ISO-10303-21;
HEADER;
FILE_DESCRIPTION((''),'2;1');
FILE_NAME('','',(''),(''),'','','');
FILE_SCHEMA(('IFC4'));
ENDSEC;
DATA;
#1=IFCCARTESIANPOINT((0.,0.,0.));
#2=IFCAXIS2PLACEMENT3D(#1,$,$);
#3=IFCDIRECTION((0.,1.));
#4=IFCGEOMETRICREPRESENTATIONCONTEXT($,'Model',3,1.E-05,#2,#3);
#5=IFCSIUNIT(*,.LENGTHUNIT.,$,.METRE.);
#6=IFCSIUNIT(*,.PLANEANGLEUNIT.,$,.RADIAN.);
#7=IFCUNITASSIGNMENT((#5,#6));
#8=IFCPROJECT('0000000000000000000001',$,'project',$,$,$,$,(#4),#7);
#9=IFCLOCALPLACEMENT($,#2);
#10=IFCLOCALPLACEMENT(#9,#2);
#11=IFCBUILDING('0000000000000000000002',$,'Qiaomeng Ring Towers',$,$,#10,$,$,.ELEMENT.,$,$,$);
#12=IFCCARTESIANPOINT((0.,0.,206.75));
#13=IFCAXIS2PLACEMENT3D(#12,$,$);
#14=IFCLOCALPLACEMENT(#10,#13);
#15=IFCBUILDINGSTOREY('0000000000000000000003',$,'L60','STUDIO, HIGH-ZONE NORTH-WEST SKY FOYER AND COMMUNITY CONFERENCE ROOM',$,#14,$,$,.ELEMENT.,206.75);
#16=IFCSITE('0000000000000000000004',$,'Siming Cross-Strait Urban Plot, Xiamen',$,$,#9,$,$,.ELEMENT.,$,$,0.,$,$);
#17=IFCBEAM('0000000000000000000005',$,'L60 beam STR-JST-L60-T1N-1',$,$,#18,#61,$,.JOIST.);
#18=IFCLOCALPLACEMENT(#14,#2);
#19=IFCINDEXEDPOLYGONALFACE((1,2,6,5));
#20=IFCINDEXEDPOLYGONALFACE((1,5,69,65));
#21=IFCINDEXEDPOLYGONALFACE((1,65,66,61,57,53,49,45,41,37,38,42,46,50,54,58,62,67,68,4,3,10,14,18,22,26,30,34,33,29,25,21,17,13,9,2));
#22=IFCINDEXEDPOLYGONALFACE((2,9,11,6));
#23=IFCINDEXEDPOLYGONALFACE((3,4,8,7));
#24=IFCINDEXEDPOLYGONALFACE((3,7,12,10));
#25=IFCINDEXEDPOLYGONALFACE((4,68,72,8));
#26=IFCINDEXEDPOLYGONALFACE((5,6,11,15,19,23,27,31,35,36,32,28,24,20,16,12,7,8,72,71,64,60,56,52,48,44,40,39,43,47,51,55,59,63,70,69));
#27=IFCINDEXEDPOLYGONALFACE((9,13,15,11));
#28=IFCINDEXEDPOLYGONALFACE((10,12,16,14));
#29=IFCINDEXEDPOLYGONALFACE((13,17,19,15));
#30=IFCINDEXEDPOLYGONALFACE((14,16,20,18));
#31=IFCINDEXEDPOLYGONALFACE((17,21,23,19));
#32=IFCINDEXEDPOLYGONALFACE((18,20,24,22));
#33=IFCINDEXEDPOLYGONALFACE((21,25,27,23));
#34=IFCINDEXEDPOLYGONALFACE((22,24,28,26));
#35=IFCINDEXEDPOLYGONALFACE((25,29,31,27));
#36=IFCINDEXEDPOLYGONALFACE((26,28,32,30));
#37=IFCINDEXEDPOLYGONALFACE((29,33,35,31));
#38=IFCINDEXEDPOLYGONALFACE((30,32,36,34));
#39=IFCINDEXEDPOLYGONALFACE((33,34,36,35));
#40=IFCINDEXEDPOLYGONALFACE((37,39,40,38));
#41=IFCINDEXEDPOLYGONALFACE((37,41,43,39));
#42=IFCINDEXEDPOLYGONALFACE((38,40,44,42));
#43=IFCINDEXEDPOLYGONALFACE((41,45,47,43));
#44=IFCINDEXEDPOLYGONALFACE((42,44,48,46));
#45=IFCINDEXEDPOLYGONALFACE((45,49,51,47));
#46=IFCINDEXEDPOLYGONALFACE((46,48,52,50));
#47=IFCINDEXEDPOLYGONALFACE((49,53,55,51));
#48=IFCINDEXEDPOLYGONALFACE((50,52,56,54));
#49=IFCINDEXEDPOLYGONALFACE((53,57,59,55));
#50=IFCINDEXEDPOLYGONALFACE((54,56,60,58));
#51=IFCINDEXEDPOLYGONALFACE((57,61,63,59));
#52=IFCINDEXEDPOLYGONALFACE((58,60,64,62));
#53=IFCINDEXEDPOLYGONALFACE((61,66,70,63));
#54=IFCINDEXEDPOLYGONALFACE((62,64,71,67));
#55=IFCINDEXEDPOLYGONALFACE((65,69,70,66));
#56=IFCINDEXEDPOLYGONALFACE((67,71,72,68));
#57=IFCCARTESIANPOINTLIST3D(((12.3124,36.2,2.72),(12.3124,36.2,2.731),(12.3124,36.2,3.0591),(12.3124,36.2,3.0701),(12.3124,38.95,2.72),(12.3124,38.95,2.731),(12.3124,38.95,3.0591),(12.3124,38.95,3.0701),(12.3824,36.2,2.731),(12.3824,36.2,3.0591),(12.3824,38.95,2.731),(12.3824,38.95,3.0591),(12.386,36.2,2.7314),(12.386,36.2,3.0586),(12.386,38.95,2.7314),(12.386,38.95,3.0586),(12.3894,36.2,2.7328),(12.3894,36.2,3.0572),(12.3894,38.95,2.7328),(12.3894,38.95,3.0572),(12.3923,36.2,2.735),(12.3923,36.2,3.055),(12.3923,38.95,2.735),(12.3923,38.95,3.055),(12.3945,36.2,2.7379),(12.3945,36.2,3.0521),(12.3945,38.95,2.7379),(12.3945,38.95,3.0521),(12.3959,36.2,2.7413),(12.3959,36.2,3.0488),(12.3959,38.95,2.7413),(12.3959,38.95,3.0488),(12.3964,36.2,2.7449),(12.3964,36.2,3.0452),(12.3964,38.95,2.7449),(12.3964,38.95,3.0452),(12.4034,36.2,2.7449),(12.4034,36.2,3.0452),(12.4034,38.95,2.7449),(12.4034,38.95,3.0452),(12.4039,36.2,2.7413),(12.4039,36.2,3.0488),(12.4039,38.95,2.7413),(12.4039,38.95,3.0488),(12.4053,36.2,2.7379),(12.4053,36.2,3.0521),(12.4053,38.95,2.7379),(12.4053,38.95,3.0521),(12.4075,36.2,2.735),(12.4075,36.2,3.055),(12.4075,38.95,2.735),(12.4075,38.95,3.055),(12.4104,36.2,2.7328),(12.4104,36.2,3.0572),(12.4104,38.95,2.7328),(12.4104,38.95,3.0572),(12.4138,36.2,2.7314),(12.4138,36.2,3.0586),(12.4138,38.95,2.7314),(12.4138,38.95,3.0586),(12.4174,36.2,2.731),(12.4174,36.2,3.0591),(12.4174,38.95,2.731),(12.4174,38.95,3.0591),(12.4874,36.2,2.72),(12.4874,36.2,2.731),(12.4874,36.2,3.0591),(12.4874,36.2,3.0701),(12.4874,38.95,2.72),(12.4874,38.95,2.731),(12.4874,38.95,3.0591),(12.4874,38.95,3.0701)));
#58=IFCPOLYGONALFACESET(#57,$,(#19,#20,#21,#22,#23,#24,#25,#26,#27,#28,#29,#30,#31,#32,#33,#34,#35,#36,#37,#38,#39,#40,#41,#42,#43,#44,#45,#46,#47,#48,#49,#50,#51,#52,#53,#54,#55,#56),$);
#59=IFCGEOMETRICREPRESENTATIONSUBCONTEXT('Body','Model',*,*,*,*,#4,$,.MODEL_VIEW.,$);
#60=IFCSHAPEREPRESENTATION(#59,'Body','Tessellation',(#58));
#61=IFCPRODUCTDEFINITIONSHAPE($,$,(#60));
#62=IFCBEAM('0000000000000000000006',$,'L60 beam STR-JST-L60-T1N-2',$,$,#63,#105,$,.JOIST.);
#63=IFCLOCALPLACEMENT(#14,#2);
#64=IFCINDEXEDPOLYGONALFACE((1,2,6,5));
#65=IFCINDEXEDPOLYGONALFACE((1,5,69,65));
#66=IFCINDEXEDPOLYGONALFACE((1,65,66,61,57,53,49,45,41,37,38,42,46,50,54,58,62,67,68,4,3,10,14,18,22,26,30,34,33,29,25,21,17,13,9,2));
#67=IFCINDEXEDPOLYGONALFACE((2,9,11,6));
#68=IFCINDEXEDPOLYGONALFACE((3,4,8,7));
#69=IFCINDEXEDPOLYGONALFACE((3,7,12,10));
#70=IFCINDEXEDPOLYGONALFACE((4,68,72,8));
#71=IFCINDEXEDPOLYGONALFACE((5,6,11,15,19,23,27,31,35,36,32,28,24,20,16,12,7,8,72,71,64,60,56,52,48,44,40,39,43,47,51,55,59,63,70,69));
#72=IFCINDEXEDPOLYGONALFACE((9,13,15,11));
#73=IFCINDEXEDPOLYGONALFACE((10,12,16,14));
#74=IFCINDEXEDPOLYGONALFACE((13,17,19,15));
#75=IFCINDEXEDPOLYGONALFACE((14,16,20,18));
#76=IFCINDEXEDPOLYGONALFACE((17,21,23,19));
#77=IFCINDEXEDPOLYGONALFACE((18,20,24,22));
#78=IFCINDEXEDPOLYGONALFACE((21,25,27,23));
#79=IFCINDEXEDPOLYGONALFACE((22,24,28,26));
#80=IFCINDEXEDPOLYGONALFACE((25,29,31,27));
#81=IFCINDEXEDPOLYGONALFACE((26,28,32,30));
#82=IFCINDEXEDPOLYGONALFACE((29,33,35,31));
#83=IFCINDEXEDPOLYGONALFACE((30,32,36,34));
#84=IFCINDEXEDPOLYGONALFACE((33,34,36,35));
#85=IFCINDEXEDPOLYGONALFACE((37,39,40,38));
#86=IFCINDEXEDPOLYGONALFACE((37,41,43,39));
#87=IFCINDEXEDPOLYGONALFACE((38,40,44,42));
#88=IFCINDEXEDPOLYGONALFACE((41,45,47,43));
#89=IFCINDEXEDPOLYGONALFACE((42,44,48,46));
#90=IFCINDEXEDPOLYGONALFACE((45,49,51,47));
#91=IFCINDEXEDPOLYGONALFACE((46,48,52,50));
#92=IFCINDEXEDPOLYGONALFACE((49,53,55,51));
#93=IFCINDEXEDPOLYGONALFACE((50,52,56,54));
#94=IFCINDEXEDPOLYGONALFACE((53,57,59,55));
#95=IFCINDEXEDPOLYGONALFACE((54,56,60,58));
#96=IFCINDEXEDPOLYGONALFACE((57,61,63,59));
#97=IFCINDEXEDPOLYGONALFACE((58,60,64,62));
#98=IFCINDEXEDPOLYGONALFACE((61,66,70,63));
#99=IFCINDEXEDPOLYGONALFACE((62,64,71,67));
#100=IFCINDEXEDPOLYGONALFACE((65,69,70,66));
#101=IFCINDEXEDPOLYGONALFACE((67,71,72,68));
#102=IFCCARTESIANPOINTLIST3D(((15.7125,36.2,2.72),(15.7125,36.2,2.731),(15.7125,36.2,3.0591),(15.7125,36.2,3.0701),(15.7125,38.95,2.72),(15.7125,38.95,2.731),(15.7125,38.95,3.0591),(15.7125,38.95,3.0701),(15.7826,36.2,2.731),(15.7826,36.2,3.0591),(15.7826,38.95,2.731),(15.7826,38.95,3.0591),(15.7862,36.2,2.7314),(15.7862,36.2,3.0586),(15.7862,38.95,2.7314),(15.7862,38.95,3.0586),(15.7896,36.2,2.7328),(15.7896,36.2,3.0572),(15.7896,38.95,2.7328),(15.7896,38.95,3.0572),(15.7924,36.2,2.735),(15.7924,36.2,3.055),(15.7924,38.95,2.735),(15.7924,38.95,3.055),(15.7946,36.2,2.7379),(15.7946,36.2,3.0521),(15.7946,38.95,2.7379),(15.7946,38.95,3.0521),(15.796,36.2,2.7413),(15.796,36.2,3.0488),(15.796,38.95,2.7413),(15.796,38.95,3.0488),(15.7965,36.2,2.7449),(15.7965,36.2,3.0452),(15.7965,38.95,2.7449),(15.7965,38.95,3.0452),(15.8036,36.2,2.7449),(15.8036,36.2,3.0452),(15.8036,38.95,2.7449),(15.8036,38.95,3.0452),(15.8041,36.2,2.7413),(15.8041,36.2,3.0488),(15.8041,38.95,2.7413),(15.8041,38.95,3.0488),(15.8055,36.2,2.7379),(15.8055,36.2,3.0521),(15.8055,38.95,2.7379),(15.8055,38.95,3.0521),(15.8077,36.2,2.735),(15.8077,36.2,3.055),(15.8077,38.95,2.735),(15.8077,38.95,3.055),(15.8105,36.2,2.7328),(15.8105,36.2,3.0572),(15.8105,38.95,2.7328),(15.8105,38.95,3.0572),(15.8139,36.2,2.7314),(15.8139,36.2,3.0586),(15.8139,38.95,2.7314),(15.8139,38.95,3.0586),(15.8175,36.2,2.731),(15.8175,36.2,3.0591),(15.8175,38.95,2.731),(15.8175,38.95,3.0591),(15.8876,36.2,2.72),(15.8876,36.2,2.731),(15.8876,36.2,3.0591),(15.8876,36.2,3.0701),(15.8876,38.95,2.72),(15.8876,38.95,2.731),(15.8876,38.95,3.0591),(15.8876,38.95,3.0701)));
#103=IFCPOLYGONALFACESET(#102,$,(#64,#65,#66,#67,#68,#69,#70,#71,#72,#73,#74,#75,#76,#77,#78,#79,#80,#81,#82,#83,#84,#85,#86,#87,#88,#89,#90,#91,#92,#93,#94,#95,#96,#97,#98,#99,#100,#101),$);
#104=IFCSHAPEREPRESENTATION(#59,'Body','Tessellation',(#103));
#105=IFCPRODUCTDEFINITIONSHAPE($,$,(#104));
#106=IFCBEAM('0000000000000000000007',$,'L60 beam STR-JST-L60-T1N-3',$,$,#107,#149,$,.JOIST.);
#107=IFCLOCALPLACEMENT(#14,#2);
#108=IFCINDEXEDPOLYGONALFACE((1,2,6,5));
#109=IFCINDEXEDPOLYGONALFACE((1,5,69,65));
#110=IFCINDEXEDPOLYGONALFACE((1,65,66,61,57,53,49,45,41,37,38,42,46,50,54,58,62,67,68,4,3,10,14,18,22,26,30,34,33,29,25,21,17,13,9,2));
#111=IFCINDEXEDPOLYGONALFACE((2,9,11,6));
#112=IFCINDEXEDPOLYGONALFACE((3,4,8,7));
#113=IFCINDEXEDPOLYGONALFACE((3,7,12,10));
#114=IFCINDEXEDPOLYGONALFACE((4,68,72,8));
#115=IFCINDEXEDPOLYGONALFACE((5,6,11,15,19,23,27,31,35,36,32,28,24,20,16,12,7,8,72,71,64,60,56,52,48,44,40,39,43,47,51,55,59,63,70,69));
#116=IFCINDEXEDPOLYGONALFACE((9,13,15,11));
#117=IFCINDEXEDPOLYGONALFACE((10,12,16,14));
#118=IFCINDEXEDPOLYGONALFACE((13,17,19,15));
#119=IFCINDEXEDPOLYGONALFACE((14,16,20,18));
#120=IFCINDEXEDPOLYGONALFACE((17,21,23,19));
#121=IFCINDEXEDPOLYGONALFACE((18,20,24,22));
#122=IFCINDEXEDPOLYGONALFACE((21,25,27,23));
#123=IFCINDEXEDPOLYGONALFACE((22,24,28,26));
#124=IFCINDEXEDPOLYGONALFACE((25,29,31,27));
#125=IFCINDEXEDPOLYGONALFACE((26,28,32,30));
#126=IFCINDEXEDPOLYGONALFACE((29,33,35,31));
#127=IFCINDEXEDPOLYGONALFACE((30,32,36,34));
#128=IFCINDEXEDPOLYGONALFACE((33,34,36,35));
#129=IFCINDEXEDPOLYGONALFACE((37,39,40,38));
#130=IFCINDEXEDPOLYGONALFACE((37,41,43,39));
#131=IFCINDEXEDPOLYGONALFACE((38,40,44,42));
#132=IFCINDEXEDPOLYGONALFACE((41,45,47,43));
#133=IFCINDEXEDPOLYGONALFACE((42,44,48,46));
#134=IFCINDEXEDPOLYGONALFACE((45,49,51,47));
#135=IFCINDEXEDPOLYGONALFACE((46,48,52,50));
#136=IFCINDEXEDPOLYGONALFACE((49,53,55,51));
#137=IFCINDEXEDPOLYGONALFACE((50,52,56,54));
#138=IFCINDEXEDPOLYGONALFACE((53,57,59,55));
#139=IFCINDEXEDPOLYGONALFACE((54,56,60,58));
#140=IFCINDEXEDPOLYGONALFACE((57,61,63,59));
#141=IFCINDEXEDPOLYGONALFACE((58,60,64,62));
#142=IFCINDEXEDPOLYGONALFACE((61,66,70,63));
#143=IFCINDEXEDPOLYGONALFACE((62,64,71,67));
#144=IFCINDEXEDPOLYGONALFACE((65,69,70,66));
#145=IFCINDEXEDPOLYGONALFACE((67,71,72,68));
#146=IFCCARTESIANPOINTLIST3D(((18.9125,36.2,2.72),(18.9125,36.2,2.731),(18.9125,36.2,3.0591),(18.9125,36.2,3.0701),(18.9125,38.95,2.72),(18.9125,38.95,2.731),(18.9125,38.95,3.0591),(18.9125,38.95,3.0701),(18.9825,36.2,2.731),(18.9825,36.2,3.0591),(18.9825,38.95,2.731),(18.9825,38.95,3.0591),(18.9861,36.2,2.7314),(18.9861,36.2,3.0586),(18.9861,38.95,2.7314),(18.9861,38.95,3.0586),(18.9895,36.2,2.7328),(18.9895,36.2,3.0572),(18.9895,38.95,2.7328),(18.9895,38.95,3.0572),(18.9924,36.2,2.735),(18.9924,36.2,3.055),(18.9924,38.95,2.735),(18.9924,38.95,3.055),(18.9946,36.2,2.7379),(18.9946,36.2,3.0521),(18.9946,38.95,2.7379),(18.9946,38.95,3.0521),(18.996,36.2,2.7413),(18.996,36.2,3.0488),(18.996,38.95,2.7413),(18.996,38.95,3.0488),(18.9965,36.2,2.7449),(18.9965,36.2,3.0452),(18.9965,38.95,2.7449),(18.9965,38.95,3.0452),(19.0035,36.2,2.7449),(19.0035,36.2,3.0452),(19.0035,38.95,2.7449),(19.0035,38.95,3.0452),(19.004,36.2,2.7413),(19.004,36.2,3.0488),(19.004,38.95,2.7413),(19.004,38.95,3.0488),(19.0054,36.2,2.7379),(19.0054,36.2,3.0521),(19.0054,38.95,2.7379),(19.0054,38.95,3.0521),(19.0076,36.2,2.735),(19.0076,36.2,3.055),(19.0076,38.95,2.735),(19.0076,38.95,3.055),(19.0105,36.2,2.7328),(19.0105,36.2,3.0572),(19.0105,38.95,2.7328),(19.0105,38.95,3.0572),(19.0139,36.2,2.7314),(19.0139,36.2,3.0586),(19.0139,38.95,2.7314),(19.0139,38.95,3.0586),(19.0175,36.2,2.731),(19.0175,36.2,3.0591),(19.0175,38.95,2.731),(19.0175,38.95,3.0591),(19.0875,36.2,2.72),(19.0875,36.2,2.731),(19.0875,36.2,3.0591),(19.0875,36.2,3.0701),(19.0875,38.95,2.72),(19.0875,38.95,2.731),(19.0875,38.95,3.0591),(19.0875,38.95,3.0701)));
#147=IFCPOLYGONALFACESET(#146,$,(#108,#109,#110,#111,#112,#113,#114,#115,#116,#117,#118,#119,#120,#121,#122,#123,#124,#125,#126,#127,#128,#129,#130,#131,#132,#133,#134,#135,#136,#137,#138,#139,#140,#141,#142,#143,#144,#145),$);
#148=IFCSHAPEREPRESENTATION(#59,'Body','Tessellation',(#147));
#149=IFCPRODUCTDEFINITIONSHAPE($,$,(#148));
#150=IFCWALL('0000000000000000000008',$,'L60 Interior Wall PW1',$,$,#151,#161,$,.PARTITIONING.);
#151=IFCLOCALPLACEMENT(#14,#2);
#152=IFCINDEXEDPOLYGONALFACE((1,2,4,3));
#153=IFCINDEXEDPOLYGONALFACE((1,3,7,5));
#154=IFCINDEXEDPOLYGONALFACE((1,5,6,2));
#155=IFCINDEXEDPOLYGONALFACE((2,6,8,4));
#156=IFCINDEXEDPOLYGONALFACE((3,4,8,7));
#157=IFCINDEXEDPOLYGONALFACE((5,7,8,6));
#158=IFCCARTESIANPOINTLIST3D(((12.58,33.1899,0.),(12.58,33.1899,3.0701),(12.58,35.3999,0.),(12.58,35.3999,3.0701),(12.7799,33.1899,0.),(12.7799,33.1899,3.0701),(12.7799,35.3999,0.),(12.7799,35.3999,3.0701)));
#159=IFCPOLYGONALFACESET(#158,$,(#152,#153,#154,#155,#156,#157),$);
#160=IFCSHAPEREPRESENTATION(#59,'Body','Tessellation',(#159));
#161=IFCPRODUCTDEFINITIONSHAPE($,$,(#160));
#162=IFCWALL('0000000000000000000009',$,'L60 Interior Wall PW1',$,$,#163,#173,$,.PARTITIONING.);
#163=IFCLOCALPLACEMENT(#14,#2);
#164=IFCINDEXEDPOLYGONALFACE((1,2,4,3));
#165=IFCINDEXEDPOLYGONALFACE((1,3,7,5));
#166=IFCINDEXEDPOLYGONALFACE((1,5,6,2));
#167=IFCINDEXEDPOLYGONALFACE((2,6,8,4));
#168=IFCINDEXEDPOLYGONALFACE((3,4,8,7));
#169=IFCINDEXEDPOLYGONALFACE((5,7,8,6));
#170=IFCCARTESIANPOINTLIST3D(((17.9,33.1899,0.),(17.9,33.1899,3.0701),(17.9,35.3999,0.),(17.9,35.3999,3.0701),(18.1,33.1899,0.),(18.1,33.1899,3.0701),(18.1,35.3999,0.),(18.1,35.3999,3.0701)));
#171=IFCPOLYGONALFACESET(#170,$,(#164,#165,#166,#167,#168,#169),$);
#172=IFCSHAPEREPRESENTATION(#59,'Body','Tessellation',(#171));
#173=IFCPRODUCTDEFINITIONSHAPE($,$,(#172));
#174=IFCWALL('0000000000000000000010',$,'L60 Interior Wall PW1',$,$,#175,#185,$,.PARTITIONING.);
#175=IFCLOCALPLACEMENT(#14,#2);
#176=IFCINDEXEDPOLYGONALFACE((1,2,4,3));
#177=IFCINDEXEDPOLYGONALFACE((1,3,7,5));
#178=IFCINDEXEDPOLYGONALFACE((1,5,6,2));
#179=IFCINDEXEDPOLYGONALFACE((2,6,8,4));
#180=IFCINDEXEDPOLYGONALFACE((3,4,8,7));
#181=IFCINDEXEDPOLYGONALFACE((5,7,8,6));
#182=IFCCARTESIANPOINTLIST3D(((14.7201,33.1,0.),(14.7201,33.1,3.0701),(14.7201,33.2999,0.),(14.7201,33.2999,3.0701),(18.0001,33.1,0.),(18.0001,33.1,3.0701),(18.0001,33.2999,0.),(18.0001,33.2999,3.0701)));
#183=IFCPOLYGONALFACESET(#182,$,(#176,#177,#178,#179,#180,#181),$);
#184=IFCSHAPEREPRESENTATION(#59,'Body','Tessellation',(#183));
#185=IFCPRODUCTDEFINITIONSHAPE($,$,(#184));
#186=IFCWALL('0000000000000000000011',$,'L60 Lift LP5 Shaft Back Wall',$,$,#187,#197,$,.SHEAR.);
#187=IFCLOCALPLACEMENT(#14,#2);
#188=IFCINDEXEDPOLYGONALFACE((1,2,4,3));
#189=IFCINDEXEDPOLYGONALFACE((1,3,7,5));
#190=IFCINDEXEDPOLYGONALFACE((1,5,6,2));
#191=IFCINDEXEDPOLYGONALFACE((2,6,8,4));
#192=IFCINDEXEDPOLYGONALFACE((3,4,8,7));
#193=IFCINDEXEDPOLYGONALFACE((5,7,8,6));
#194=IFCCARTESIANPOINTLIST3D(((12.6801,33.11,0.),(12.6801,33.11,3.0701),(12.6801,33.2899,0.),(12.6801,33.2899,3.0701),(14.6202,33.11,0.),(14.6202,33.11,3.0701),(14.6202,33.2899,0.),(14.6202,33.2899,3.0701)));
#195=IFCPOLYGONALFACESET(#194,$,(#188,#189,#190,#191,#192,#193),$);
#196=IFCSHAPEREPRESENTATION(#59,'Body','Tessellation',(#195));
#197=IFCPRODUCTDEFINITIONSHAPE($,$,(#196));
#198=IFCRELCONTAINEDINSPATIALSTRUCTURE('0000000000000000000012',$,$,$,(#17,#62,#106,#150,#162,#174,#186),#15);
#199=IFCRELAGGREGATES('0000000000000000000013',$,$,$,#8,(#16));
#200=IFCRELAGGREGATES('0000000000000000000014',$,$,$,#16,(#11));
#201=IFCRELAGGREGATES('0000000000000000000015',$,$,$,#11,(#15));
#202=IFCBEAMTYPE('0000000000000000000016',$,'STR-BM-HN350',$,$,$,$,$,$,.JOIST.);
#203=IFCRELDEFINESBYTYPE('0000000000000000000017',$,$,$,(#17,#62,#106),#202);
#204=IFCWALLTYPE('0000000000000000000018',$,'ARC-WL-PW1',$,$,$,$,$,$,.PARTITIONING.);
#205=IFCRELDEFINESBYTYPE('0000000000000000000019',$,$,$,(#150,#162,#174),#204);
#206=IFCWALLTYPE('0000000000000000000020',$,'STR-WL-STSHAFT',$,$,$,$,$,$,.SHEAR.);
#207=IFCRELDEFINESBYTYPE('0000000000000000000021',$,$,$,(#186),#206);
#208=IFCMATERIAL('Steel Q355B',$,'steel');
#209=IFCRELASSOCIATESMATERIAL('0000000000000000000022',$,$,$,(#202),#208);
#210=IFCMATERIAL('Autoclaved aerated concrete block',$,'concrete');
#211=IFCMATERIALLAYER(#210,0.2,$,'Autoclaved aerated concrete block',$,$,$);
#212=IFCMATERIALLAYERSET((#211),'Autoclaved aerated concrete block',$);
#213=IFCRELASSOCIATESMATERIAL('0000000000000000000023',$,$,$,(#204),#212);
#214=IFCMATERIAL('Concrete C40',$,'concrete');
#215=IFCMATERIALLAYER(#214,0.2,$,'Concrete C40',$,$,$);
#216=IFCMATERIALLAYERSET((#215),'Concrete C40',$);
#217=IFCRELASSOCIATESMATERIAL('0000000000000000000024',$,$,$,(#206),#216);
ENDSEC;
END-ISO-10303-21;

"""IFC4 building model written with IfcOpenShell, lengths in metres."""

from ifc_helpers import new_model, si_unit, direction, frame, frame_2d, origin, origin_2d, place, context, subcontext, project, spatial, rectangle, i_section, extrude, source, transform, mapped, material, layer, layer_set, material_profile, profile_set, type_object, element, save


model = new_model("IFC4")

# Units and contexts
model_context = context("Model", 3, precision=1e-05, world=origin(), true_north=direction((0.0, 1.0)))
body_context = subcontext(model_context, "Body", "Model", "MODEL_VIEW")
ifc_project = project(units=[si_unit("LENGTHUNIT", "METRE"), si_unit("PLANEANGLEUNIT", "RADIAN")], contexts=[model_context])

# Site, building, storey
site_placement = place(None, origin())
site = spatial("IfcSite", under=ifc_project, at=site_placement, Name="Siming Cross-Strait Urban Plot, Xiamen", CompositionType="ELEMENT", RefElevation=0.0)
building_placement = place(site_placement, origin())
building = spatial("IfcBuilding", under=site, at=building_placement, Name="Qiaomeng Ring Towers", CompositionType="ELEMENT")
storey_placement = place(building_placement, frame((0.0, 0.0, 206.75)))
storey = spatial("IfcBuildingStorey", under=building, at=storey_placement, Name="L60", Description="STUDIO, HIGH-ZONE NORTH-WEST SKY FOYER AND COMMUNITY CONFERENCE ROOM", CompositionType="ELEMENT", Elevation=206.75)

# Beams
ifc_material_1 = material(Name="Steel Q355B", Category="steel")
ifc_material_profile = material_profile(ifc_material_1, i_section(OverallWidth=0.175, OverallDepth=0.3501, WebThickness=0.0071, FlangeThickness=0.011, FilletRadius=0.0139, at=origin_2d()), Name="HN 350x175x7x11")
ifc_profile_set = profile_set([ifc_material_profile], Name="Steel Q355B")
beam_type = type_object("IfcBeamType", Name="STR-BM-HN350", PredefinedType="JOIST", material=ifc_profile_set)
shared_shape_1 = source(origin(), body_context, "Body", "SweptSolid", [
    extrude(i_section(OverallWidth=0.175, OverallDepth=0.3501, WebThickness=0.0071, FlangeThickness=0.011, FilletRadius=0.0139, at=origin_2d()), origin(), (0.0, 0.0, 1.0), 2.75),
])
for number, where, z_axis, x_axis, name in (
    (1, (12.3999, 36.2, 2.895), (0.0, 1.0, 0.0), (-1.0, 0.0, 0.0), "L60 beam STR-JST-L60-T1N-1"),
    (2, (15.8, 36.2, 2.895), (0.0, 1.0, 0.0), (-1.0, 0.0, 0.0), "L60 beam STR-JST-L60-T1N-2"),
    (3, (19.0, 36.2, 2.895), (0.0, 1.0, 0.0), (-1.0, 0.0, 0.0), "L60 beam STR-JST-L60-T1N-3"),
):
    element("IfcBeam", number, at=place(storey_placement, frame(where, z_axis=z_axis, x_axis=x_axis)), inside=storey, type_object=beam_type, Name=name, PredefinedType="JOIST", context=body_context, shape_type="MappedRepresentation", body=[
        mapped(shared_shape_1, transform((0.0, 0.0, 0.0), x_axis=(1.0, 0.0, 0.0), y_axis=(0.0, 1.0, 0.0), z_axis=(0.0, 0.0, 1.0), scale=1.0)),
    ])

# Walls
ifc_material_2 = material(Name="Autoclaved aerated concrete block", Category="concrete")
ifc_layer_1 = layer(ifc_material_2, 0.2, Name="Autoclaved aerated concrete block")
ifc_layer_set_1 = layer_set([ifc_layer_1], Name="Autoclaved aerated concrete block")
wall_type_1 = type_object("IfcWallType", Name="ARC-WL-PW1", PredefinedType="PARTITIONING", material=ifc_layer_set_1)
for number, where, z_axis, x_axis, name in (
    (4, (12.6799, 33.1899, 0.0), (0.0, 0.0, 1.0), (0.0, 1.0, 0.0), "L60 Interior Wall PW1"),
    (5, (18.0, 33.1899, 0.0), (0.0, 0.0, 1.0), (0.0, 1.0, 0.0), "L60 Interior Wall PW1"),
):
    element("IfcWall", number, at=place(storey_placement, frame(where, z_axis=z_axis, x_axis=x_axis)), inside=storey, type_object=wall_type_1, Name=name, PredefinedType="PARTITIONING", context=body_context, shape_type="SweptSolid", body=[
        extrude(rectangle(XDim=2.21, YDim=0.2, at=frame_2d((1.105, 0.0))), origin(), (0.0, 0.0, 1.0), 3.0701),
    ])
wall_1_placement = place(storey_placement, frame((14.72, 33.2, 0.0), z_axis=(0.0, 0.0, 1.0), x_axis=(1.0, 0.0, 0.0)))
element("IfcWall", 6, at=wall_1_placement, inside=storey, type_object=wall_type_1, Name="L60 Interior Wall PW1", PredefinedType="PARTITIONING", context=body_context, shape_type="SweptSolid", body=[
    extrude(rectangle(XDim=3.28, YDim=0.2, at=frame_2d((1.6401, 0.0))), origin(), (0.0, 0.0, 1.0), 3.0701),
])
ifc_material_3 = material(Name="Concrete C40", Category="concrete")
ifc_layer_2 = layer(ifc_material_3, 0.2, Name="Concrete C40")
ifc_layer_set_2 = layer_set([ifc_layer_2], Name="Concrete C40")
wall_type_2 = type_object("IfcWallType", Name="STR-WL-STSHAFT", PredefinedType="SHEAR", material=ifc_layer_set_2)
wall_2_placement = place(storey_placement, frame((12.6799, 33.2, 0.0), z_axis=(0.0, 0.0, 1.0), x_axis=(1.0, 0.0, 0.0)))
element("IfcWall", 7, at=wall_2_placement, inside=storey, type_object=wall_type_2, Name="L60 Lift LP5 Shaft Back Wall", PredefinedType="SHEAR", context=body_context, shape_type="SweptSolid", body=[
    extrude(rectangle(XDim=1.9402, YDim=0.1799, at=frame_2d((0.9702, 0.0))), origin(), (0.0, 0.0, 1.0), 3.0701),
])

save(model, "model.ifc")
